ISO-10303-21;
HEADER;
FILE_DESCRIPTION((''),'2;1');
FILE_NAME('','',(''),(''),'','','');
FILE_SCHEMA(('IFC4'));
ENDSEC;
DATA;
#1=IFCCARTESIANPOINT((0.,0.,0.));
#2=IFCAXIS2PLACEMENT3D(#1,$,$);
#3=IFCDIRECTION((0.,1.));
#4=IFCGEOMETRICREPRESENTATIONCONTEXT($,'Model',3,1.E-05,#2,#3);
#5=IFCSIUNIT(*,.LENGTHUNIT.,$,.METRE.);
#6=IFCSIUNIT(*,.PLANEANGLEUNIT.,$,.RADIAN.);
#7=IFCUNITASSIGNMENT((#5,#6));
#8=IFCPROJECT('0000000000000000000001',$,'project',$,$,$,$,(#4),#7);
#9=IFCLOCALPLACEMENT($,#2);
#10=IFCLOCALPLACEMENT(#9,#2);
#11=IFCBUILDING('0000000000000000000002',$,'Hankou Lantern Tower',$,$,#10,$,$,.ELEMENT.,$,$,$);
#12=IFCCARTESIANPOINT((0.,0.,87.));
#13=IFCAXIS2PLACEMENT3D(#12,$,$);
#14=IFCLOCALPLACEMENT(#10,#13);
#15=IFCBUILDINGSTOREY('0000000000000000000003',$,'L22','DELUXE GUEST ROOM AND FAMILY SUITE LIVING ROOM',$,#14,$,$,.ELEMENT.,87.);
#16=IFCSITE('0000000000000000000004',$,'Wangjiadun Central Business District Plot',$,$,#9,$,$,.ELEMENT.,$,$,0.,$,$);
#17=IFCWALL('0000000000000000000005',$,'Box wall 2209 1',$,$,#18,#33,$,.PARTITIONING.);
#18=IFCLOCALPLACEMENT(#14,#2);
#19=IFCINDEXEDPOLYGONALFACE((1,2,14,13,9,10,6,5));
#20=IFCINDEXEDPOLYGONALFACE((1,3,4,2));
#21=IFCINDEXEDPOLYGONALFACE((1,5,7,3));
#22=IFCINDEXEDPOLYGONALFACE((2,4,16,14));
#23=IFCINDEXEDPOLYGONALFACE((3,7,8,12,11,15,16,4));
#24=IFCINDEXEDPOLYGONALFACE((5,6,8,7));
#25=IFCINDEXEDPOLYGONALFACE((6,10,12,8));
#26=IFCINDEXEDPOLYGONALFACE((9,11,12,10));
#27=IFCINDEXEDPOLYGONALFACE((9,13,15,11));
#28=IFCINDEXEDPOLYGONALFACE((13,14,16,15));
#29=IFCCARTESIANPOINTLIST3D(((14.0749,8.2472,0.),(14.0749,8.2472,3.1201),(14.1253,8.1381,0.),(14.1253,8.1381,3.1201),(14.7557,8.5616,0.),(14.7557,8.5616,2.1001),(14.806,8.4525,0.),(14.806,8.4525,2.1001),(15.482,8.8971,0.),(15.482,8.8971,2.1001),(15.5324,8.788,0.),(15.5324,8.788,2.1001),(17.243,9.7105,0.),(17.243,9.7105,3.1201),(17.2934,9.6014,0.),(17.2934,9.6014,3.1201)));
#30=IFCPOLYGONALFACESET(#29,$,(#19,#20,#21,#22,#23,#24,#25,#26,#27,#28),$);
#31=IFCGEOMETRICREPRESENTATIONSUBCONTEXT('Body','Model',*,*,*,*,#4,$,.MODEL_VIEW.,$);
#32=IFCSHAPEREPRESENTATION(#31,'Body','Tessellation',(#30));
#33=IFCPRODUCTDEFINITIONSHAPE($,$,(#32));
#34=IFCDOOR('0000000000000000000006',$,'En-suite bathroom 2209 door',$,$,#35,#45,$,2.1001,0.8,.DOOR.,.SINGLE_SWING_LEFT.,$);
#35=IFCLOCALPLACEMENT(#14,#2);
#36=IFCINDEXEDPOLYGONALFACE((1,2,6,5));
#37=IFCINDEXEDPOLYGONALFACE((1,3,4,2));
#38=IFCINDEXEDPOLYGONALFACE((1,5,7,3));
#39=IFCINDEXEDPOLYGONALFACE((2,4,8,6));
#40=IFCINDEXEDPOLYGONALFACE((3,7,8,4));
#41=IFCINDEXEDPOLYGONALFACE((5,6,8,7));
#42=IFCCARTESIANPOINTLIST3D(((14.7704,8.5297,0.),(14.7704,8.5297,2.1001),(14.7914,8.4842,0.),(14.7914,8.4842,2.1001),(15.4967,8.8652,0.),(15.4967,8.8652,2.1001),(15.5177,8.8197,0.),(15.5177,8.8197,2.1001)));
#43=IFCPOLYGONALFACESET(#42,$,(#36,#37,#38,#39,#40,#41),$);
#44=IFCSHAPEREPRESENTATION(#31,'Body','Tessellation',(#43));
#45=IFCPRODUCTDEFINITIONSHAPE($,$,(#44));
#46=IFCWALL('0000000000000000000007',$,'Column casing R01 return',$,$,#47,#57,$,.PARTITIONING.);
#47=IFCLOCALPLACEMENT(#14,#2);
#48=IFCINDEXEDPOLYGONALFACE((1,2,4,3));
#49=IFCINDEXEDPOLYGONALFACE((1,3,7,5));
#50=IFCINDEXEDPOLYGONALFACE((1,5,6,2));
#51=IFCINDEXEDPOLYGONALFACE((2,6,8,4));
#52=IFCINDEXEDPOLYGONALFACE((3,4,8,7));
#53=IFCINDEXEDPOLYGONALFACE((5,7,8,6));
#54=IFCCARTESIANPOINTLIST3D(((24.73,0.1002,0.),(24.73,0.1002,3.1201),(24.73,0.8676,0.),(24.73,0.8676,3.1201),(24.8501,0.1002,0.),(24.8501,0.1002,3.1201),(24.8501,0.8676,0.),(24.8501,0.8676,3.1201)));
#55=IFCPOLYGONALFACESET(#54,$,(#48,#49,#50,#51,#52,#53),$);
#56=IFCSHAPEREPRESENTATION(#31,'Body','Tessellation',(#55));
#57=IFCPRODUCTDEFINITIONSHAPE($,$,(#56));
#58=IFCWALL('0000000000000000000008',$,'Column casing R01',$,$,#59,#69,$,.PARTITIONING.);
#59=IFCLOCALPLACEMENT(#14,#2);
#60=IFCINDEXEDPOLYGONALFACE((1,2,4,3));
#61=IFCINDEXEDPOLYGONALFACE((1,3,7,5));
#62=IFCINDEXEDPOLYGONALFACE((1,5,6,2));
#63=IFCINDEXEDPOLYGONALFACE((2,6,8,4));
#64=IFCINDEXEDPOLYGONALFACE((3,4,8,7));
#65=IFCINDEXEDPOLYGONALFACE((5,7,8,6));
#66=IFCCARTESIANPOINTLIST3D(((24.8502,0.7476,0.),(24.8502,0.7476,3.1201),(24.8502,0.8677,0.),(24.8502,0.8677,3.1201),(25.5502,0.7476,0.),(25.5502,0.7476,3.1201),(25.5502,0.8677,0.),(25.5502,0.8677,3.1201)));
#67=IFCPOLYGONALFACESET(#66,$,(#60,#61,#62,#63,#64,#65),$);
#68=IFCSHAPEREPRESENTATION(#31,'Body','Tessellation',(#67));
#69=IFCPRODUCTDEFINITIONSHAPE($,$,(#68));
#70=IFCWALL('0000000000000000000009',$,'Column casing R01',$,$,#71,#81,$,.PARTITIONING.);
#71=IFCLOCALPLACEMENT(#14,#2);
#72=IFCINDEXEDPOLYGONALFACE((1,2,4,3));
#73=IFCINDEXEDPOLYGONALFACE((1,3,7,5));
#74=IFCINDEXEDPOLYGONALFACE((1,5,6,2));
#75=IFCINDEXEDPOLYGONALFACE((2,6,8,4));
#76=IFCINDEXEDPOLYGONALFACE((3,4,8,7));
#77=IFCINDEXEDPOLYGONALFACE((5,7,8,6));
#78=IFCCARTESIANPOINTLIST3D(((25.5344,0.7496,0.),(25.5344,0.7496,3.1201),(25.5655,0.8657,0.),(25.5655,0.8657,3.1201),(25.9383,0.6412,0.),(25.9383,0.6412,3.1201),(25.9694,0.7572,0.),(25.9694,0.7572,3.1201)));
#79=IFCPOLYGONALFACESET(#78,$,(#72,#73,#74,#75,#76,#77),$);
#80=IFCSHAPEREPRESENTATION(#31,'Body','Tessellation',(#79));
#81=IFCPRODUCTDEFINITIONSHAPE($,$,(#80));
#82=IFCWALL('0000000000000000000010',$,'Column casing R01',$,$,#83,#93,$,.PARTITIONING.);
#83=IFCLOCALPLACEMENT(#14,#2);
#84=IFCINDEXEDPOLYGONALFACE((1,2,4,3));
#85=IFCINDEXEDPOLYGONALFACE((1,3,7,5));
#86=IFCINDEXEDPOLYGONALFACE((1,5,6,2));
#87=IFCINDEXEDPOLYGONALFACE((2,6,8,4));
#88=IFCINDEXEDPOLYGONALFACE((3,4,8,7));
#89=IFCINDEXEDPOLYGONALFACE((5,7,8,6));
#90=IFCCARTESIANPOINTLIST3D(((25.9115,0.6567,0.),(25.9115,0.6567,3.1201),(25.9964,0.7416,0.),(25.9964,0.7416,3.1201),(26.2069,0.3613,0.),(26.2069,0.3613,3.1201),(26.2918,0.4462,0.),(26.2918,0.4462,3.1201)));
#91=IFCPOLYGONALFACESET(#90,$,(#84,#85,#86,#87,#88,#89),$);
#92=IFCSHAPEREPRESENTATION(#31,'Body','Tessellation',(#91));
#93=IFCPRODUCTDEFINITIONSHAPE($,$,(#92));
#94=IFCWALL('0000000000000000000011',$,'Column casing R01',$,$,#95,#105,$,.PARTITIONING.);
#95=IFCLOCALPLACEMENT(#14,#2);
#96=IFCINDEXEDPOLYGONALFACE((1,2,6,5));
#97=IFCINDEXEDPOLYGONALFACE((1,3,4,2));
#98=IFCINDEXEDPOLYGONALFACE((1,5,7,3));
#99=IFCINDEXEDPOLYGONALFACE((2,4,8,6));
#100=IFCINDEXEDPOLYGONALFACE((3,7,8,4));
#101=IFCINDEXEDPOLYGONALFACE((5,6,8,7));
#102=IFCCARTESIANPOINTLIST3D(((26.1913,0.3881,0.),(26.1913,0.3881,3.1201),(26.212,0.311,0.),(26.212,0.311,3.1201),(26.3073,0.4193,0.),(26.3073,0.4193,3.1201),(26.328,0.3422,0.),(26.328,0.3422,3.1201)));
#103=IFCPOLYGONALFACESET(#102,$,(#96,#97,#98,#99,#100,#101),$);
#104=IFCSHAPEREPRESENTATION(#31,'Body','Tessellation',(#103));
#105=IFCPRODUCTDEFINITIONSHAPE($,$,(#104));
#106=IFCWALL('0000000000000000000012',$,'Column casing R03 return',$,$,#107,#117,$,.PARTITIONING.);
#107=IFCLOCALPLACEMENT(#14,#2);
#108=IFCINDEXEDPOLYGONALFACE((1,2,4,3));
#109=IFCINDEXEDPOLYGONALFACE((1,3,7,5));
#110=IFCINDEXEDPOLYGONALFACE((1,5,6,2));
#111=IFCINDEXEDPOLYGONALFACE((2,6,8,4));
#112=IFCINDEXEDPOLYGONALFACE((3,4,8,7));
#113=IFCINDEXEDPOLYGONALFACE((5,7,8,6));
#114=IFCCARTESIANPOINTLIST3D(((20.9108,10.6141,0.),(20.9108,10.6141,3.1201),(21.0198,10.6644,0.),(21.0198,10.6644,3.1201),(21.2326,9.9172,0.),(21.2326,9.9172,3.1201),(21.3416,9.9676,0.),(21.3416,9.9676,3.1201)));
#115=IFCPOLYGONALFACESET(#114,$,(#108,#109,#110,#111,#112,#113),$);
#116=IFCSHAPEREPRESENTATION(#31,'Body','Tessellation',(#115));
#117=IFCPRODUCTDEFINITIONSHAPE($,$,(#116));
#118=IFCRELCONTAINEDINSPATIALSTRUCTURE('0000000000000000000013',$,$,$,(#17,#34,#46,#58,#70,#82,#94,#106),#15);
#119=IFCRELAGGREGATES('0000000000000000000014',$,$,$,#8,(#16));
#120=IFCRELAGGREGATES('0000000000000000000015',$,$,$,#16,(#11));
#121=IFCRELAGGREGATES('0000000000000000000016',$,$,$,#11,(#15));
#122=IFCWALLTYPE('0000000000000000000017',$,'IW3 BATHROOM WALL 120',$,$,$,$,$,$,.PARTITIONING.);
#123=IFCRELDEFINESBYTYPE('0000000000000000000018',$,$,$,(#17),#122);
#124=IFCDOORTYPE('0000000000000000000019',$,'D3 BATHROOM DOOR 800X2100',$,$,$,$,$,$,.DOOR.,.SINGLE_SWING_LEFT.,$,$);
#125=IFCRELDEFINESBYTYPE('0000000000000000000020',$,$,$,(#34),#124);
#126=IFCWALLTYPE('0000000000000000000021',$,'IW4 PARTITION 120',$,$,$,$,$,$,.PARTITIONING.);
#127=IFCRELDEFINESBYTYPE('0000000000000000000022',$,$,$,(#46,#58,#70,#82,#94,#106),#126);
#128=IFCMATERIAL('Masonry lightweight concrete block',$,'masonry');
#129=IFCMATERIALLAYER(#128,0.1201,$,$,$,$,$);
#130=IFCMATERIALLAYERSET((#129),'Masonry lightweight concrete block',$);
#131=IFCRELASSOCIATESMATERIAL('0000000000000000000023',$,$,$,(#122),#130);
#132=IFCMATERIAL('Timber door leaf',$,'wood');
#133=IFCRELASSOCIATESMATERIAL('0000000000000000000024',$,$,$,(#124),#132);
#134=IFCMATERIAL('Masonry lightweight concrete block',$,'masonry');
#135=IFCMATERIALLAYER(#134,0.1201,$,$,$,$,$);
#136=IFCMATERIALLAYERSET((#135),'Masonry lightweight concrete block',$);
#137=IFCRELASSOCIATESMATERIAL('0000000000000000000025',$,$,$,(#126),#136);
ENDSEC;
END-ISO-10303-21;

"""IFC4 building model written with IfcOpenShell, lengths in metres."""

from ifc_helpers import new_model, si_unit, direction, frame, frame_2d, origin, place, context, subcontext, project, spatial, rectangle, extrude, material, layer, layer_set, type_object, element, fill, save


model = new_model("IFC4")

# Units and contexts
model_context = context("Model", 3, precision=1e-05, world=origin(), true_north=direction((0.0, 1.0)))
body_context = subcontext(model_context, "Body", "Model", "MODEL_VIEW")
ifc_project = project(units=[si_unit("LENGTHUNIT", "METRE"), si_unit("PLANEANGLEUNIT", "RADIAN")], contexts=[model_context])

# Site, building, storey
site_placement = place(None, origin())
site = spatial("IfcSite", under=ifc_project, at=site_placement, Name="Wangjiadun Central Business District Plot", CompositionType="ELEMENT", RefElevation=0.0)
building_placement = place(site_placement, origin())
building = spatial("IfcBuilding", under=site, at=building_placement, Name="Hankou Lantern Tower", CompositionType="ELEMENT")
storey_placement = place(building_placement, frame((0.0, 0.0, 87.0)))
storey = spatial("IfcBuildingStorey", under=building, at=storey_placement, Name="L22", Description="DELUXE GUEST ROOM AND FAMILY SUITE LIVING ROOM", CompositionType="ELEMENT", Elevation=87.0)

# Shared definitions
ifc_material_1 = material(Name="Masonry lightweight concrete block", Category="masonry")
ifc_layer_1 = layer(ifc_material_1, 0.1201)
ifc_layer_set_1 = layer_set([ifc_layer_1], Name="Masonry lightweight concrete block")
wall_type_1 = type_object("IfcWallType", Name="IW3 BATHROOM WALL 120", PredefinedType="PARTITIONING", material=ifc_layer_set_1)

# Shared definitions
ifc_material_2 = material(Name="Timber door leaf", Category="wood")
door_type = type_object("IfcDoorType", Name="D3 BATHROOM DOOR 800X2100", OperationType="SINGLE_SWING_LEFT", PredefinedType="DOOR", material=ifc_material_2)

# Wall, opening, door
wall_1_placement = place(storey_placement, frame((14.1001, 8.1926, 0.0), z_axis=(0.0, 0.0, 1.0), x_axis=(0.907836, 0.419324, 0.0)))
wall_1 = element("IfcWall", 1, at=wall_1_placement, inside=storey, type_object=wall_type_1, Name="Box wall 2209 1", PredefinedType="PARTITIONING", context=body_context, shape_type="SweptSolid", body=[
    extrude(rectangle(XDim=3.4897, YDim=0.1201, at=frame_2d((1.7449, 0.0))), origin(), (0.0, 0.0, 1.0), 3.1201),
])
opening_1_placement = place(wall_1_placement, frame((0.75, 0.0, 0.0)))
opening_1 = element("IfcOpeningElement", 2, at=opening_1_placement, cuts=wall_1, PredefinedType="OPENING", context=body_context, shape_type="SweptSolid", body=[
    extrude(rectangle(XDim=0.8, YDim=2.1001, at=frame_2d((0.3999, 1.05))), frame((0.0, 0.0701, 0.0), z_axis=(0.0, -1.0, 0.0), x_axis=(1.0, 0.0, 0.0)), (0.0, 0.0, 1.0), 0.1401),
])
door_1_placement = place(opening_1_placement, origin())
door_1 = element("IfcDoor", 3, at=door_1_placement, inside=storey, type_object=door_type, Name="En-suite bathroom 2209 door", OperationType="SINGLE_SWING_LEFT", OverallHeight=2.1001, OverallWidth=0.8, PredefinedType="DOOR", context=body_context, shape_type="SweptSolid", body=[
    extrude(rectangle(XDim=0.8, YDim=2.1001, at=frame_2d((0.3999, 1.05))), frame((0.0, 0.0249, 0.0), z_axis=(0.0, -1.0, 0.0), x_axis=(1.0, 0.0, 0.0)), (0.0, 0.0, 1.0), 0.05),
])
fill(opening_1, door_1)

# Walls
ifc_material_3 = material(Name="Masonry lightweight concrete block", Category="masonry")
ifc_layer_2 = layer(ifc_material_3, 0.1201)
ifc_layer_set_2 = layer_set([ifc_layer_2], Name="Masonry lightweight concrete block")
wall_type_2 = type_object("IfcWallType", Name="IW4 PARTITION 120", PredefinedType="PARTITIONING", material=ifc_layer_set_2)
wall_2_placement = place(storey_placement, frame((24.79, 0.1001, 0.0), z_axis=(0.0, 0.0, 1.0), x_axis=(0.0, 1.0, 0.0)))
element("IfcWall", 4, at=wall_2_placement, inside=storey, type_object=wall_type_2, Name="Column casing R01 return", PredefinedType="PARTITIONING", context=body_context, shape_type="SweptSolid", body=[
    extrude(rectangle(XDim=0.7673, YDim=0.1201, at=frame_2d((0.3838, 0.0))), origin(), (0.0, 0.0, 1.0), 3.1201),
])
wall_3_placement = place(storey_placement, frame((24.8501, 0.8076, 0.0), z_axis=(0.0, 0.0, 1.0), x_axis=(1.0, 0.0, 0.0)))
element("IfcWall", 5, at=wall_3_placement, inside=storey, type_object=wall_type_2, Name="Column casing R01", PredefinedType="PARTITIONING", context=body_context, shape_type="SweptSolid", body=[
    extrude(rectangle(XDim=0.7, YDim=0.1201, at=frame_2d((0.3501, 0.0))), origin(), (0.0, 0.0, 1.0), 3.1201),
])
wall_4_placement = place(storey_placement, frame((25.55, 0.8076, 0.0), z_axis=(0.0, 0.0, 1.0), x_axis=(0.965807, -0.259261, 0.0)))
element("IfcWall", 6, at=wall_4_placement, inside=storey, type_object=wall_type_2, Name="Column casing R01", PredefinedType="PARTITIONING", context=body_context, shape_type="SweptSolid", body=[
    extrude(rectangle(XDim=0.4182, YDim=0.1201, at=frame_2d((0.209, 0.0))), origin(), (0.0, 0.0, 1.0), 3.1201),
])
wall_5_placement = place(storey_placement, frame((25.9539, 0.6992, 0.0), z_axis=(0.0, 0.0, 1.0), x_axis=(0.707107, -0.707107, 0.0)))
element("IfcWall", 7, at=wall_5_placement, inside=storey, type_object=wall_type_2, Name="Column casing R01", PredefinedType="PARTITIONING", context=body_context, shape_type="SweptSolid", body=[
    extrude(rectangle(XDim=0.4177, YDim=0.1201, at=frame_2d((0.209, 0.0))), origin(), (0.0, 0.0, 1.0), 3.1201),
])
wall_6_placement = place(storey_placement, frame((26.2493, 0.4038, 0.0), z_axis=(0.0, 0.0, 1.0), x_axis=(0.259754, -0.965675, 0.0)))
element("IfcWall", 8, at=wall_6_placement, inside=storey, type_object=wall_type_2, Name="Column casing R01", PredefinedType="PARTITIONING", context=body_context, shape_type="SweptSolid", body=[
    extrude(rectangle(XDim=0.0798, YDim=0.1201, at=frame_2d((0.04, 0.0))), origin(), (0.0, 0.0, 1.0), 3.1201),
])
wall_7_placement = place(storey_placement, frame((21.2871, 9.9424, 0.0), z_axis=(0.0, 0.0, 1.0), x_axis=(-0.41926, 0.907866, 0.0)))
element("IfcWall", 9, at=wall_7_placement, inside=storey, type_object=wall_type_2, Name="Column casing R03 return", PredefinedType="PARTITIONING", context=body_context, shape_type="SweptSolid", body=[
    extrude(rectangle(XDim=0.7676, YDim=0.1201, at=frame_2d((0.3838, 0.0))), origin(), (0.0, 0.0, 1.0), 3.1201),
])

save(model, "model.ifc")
